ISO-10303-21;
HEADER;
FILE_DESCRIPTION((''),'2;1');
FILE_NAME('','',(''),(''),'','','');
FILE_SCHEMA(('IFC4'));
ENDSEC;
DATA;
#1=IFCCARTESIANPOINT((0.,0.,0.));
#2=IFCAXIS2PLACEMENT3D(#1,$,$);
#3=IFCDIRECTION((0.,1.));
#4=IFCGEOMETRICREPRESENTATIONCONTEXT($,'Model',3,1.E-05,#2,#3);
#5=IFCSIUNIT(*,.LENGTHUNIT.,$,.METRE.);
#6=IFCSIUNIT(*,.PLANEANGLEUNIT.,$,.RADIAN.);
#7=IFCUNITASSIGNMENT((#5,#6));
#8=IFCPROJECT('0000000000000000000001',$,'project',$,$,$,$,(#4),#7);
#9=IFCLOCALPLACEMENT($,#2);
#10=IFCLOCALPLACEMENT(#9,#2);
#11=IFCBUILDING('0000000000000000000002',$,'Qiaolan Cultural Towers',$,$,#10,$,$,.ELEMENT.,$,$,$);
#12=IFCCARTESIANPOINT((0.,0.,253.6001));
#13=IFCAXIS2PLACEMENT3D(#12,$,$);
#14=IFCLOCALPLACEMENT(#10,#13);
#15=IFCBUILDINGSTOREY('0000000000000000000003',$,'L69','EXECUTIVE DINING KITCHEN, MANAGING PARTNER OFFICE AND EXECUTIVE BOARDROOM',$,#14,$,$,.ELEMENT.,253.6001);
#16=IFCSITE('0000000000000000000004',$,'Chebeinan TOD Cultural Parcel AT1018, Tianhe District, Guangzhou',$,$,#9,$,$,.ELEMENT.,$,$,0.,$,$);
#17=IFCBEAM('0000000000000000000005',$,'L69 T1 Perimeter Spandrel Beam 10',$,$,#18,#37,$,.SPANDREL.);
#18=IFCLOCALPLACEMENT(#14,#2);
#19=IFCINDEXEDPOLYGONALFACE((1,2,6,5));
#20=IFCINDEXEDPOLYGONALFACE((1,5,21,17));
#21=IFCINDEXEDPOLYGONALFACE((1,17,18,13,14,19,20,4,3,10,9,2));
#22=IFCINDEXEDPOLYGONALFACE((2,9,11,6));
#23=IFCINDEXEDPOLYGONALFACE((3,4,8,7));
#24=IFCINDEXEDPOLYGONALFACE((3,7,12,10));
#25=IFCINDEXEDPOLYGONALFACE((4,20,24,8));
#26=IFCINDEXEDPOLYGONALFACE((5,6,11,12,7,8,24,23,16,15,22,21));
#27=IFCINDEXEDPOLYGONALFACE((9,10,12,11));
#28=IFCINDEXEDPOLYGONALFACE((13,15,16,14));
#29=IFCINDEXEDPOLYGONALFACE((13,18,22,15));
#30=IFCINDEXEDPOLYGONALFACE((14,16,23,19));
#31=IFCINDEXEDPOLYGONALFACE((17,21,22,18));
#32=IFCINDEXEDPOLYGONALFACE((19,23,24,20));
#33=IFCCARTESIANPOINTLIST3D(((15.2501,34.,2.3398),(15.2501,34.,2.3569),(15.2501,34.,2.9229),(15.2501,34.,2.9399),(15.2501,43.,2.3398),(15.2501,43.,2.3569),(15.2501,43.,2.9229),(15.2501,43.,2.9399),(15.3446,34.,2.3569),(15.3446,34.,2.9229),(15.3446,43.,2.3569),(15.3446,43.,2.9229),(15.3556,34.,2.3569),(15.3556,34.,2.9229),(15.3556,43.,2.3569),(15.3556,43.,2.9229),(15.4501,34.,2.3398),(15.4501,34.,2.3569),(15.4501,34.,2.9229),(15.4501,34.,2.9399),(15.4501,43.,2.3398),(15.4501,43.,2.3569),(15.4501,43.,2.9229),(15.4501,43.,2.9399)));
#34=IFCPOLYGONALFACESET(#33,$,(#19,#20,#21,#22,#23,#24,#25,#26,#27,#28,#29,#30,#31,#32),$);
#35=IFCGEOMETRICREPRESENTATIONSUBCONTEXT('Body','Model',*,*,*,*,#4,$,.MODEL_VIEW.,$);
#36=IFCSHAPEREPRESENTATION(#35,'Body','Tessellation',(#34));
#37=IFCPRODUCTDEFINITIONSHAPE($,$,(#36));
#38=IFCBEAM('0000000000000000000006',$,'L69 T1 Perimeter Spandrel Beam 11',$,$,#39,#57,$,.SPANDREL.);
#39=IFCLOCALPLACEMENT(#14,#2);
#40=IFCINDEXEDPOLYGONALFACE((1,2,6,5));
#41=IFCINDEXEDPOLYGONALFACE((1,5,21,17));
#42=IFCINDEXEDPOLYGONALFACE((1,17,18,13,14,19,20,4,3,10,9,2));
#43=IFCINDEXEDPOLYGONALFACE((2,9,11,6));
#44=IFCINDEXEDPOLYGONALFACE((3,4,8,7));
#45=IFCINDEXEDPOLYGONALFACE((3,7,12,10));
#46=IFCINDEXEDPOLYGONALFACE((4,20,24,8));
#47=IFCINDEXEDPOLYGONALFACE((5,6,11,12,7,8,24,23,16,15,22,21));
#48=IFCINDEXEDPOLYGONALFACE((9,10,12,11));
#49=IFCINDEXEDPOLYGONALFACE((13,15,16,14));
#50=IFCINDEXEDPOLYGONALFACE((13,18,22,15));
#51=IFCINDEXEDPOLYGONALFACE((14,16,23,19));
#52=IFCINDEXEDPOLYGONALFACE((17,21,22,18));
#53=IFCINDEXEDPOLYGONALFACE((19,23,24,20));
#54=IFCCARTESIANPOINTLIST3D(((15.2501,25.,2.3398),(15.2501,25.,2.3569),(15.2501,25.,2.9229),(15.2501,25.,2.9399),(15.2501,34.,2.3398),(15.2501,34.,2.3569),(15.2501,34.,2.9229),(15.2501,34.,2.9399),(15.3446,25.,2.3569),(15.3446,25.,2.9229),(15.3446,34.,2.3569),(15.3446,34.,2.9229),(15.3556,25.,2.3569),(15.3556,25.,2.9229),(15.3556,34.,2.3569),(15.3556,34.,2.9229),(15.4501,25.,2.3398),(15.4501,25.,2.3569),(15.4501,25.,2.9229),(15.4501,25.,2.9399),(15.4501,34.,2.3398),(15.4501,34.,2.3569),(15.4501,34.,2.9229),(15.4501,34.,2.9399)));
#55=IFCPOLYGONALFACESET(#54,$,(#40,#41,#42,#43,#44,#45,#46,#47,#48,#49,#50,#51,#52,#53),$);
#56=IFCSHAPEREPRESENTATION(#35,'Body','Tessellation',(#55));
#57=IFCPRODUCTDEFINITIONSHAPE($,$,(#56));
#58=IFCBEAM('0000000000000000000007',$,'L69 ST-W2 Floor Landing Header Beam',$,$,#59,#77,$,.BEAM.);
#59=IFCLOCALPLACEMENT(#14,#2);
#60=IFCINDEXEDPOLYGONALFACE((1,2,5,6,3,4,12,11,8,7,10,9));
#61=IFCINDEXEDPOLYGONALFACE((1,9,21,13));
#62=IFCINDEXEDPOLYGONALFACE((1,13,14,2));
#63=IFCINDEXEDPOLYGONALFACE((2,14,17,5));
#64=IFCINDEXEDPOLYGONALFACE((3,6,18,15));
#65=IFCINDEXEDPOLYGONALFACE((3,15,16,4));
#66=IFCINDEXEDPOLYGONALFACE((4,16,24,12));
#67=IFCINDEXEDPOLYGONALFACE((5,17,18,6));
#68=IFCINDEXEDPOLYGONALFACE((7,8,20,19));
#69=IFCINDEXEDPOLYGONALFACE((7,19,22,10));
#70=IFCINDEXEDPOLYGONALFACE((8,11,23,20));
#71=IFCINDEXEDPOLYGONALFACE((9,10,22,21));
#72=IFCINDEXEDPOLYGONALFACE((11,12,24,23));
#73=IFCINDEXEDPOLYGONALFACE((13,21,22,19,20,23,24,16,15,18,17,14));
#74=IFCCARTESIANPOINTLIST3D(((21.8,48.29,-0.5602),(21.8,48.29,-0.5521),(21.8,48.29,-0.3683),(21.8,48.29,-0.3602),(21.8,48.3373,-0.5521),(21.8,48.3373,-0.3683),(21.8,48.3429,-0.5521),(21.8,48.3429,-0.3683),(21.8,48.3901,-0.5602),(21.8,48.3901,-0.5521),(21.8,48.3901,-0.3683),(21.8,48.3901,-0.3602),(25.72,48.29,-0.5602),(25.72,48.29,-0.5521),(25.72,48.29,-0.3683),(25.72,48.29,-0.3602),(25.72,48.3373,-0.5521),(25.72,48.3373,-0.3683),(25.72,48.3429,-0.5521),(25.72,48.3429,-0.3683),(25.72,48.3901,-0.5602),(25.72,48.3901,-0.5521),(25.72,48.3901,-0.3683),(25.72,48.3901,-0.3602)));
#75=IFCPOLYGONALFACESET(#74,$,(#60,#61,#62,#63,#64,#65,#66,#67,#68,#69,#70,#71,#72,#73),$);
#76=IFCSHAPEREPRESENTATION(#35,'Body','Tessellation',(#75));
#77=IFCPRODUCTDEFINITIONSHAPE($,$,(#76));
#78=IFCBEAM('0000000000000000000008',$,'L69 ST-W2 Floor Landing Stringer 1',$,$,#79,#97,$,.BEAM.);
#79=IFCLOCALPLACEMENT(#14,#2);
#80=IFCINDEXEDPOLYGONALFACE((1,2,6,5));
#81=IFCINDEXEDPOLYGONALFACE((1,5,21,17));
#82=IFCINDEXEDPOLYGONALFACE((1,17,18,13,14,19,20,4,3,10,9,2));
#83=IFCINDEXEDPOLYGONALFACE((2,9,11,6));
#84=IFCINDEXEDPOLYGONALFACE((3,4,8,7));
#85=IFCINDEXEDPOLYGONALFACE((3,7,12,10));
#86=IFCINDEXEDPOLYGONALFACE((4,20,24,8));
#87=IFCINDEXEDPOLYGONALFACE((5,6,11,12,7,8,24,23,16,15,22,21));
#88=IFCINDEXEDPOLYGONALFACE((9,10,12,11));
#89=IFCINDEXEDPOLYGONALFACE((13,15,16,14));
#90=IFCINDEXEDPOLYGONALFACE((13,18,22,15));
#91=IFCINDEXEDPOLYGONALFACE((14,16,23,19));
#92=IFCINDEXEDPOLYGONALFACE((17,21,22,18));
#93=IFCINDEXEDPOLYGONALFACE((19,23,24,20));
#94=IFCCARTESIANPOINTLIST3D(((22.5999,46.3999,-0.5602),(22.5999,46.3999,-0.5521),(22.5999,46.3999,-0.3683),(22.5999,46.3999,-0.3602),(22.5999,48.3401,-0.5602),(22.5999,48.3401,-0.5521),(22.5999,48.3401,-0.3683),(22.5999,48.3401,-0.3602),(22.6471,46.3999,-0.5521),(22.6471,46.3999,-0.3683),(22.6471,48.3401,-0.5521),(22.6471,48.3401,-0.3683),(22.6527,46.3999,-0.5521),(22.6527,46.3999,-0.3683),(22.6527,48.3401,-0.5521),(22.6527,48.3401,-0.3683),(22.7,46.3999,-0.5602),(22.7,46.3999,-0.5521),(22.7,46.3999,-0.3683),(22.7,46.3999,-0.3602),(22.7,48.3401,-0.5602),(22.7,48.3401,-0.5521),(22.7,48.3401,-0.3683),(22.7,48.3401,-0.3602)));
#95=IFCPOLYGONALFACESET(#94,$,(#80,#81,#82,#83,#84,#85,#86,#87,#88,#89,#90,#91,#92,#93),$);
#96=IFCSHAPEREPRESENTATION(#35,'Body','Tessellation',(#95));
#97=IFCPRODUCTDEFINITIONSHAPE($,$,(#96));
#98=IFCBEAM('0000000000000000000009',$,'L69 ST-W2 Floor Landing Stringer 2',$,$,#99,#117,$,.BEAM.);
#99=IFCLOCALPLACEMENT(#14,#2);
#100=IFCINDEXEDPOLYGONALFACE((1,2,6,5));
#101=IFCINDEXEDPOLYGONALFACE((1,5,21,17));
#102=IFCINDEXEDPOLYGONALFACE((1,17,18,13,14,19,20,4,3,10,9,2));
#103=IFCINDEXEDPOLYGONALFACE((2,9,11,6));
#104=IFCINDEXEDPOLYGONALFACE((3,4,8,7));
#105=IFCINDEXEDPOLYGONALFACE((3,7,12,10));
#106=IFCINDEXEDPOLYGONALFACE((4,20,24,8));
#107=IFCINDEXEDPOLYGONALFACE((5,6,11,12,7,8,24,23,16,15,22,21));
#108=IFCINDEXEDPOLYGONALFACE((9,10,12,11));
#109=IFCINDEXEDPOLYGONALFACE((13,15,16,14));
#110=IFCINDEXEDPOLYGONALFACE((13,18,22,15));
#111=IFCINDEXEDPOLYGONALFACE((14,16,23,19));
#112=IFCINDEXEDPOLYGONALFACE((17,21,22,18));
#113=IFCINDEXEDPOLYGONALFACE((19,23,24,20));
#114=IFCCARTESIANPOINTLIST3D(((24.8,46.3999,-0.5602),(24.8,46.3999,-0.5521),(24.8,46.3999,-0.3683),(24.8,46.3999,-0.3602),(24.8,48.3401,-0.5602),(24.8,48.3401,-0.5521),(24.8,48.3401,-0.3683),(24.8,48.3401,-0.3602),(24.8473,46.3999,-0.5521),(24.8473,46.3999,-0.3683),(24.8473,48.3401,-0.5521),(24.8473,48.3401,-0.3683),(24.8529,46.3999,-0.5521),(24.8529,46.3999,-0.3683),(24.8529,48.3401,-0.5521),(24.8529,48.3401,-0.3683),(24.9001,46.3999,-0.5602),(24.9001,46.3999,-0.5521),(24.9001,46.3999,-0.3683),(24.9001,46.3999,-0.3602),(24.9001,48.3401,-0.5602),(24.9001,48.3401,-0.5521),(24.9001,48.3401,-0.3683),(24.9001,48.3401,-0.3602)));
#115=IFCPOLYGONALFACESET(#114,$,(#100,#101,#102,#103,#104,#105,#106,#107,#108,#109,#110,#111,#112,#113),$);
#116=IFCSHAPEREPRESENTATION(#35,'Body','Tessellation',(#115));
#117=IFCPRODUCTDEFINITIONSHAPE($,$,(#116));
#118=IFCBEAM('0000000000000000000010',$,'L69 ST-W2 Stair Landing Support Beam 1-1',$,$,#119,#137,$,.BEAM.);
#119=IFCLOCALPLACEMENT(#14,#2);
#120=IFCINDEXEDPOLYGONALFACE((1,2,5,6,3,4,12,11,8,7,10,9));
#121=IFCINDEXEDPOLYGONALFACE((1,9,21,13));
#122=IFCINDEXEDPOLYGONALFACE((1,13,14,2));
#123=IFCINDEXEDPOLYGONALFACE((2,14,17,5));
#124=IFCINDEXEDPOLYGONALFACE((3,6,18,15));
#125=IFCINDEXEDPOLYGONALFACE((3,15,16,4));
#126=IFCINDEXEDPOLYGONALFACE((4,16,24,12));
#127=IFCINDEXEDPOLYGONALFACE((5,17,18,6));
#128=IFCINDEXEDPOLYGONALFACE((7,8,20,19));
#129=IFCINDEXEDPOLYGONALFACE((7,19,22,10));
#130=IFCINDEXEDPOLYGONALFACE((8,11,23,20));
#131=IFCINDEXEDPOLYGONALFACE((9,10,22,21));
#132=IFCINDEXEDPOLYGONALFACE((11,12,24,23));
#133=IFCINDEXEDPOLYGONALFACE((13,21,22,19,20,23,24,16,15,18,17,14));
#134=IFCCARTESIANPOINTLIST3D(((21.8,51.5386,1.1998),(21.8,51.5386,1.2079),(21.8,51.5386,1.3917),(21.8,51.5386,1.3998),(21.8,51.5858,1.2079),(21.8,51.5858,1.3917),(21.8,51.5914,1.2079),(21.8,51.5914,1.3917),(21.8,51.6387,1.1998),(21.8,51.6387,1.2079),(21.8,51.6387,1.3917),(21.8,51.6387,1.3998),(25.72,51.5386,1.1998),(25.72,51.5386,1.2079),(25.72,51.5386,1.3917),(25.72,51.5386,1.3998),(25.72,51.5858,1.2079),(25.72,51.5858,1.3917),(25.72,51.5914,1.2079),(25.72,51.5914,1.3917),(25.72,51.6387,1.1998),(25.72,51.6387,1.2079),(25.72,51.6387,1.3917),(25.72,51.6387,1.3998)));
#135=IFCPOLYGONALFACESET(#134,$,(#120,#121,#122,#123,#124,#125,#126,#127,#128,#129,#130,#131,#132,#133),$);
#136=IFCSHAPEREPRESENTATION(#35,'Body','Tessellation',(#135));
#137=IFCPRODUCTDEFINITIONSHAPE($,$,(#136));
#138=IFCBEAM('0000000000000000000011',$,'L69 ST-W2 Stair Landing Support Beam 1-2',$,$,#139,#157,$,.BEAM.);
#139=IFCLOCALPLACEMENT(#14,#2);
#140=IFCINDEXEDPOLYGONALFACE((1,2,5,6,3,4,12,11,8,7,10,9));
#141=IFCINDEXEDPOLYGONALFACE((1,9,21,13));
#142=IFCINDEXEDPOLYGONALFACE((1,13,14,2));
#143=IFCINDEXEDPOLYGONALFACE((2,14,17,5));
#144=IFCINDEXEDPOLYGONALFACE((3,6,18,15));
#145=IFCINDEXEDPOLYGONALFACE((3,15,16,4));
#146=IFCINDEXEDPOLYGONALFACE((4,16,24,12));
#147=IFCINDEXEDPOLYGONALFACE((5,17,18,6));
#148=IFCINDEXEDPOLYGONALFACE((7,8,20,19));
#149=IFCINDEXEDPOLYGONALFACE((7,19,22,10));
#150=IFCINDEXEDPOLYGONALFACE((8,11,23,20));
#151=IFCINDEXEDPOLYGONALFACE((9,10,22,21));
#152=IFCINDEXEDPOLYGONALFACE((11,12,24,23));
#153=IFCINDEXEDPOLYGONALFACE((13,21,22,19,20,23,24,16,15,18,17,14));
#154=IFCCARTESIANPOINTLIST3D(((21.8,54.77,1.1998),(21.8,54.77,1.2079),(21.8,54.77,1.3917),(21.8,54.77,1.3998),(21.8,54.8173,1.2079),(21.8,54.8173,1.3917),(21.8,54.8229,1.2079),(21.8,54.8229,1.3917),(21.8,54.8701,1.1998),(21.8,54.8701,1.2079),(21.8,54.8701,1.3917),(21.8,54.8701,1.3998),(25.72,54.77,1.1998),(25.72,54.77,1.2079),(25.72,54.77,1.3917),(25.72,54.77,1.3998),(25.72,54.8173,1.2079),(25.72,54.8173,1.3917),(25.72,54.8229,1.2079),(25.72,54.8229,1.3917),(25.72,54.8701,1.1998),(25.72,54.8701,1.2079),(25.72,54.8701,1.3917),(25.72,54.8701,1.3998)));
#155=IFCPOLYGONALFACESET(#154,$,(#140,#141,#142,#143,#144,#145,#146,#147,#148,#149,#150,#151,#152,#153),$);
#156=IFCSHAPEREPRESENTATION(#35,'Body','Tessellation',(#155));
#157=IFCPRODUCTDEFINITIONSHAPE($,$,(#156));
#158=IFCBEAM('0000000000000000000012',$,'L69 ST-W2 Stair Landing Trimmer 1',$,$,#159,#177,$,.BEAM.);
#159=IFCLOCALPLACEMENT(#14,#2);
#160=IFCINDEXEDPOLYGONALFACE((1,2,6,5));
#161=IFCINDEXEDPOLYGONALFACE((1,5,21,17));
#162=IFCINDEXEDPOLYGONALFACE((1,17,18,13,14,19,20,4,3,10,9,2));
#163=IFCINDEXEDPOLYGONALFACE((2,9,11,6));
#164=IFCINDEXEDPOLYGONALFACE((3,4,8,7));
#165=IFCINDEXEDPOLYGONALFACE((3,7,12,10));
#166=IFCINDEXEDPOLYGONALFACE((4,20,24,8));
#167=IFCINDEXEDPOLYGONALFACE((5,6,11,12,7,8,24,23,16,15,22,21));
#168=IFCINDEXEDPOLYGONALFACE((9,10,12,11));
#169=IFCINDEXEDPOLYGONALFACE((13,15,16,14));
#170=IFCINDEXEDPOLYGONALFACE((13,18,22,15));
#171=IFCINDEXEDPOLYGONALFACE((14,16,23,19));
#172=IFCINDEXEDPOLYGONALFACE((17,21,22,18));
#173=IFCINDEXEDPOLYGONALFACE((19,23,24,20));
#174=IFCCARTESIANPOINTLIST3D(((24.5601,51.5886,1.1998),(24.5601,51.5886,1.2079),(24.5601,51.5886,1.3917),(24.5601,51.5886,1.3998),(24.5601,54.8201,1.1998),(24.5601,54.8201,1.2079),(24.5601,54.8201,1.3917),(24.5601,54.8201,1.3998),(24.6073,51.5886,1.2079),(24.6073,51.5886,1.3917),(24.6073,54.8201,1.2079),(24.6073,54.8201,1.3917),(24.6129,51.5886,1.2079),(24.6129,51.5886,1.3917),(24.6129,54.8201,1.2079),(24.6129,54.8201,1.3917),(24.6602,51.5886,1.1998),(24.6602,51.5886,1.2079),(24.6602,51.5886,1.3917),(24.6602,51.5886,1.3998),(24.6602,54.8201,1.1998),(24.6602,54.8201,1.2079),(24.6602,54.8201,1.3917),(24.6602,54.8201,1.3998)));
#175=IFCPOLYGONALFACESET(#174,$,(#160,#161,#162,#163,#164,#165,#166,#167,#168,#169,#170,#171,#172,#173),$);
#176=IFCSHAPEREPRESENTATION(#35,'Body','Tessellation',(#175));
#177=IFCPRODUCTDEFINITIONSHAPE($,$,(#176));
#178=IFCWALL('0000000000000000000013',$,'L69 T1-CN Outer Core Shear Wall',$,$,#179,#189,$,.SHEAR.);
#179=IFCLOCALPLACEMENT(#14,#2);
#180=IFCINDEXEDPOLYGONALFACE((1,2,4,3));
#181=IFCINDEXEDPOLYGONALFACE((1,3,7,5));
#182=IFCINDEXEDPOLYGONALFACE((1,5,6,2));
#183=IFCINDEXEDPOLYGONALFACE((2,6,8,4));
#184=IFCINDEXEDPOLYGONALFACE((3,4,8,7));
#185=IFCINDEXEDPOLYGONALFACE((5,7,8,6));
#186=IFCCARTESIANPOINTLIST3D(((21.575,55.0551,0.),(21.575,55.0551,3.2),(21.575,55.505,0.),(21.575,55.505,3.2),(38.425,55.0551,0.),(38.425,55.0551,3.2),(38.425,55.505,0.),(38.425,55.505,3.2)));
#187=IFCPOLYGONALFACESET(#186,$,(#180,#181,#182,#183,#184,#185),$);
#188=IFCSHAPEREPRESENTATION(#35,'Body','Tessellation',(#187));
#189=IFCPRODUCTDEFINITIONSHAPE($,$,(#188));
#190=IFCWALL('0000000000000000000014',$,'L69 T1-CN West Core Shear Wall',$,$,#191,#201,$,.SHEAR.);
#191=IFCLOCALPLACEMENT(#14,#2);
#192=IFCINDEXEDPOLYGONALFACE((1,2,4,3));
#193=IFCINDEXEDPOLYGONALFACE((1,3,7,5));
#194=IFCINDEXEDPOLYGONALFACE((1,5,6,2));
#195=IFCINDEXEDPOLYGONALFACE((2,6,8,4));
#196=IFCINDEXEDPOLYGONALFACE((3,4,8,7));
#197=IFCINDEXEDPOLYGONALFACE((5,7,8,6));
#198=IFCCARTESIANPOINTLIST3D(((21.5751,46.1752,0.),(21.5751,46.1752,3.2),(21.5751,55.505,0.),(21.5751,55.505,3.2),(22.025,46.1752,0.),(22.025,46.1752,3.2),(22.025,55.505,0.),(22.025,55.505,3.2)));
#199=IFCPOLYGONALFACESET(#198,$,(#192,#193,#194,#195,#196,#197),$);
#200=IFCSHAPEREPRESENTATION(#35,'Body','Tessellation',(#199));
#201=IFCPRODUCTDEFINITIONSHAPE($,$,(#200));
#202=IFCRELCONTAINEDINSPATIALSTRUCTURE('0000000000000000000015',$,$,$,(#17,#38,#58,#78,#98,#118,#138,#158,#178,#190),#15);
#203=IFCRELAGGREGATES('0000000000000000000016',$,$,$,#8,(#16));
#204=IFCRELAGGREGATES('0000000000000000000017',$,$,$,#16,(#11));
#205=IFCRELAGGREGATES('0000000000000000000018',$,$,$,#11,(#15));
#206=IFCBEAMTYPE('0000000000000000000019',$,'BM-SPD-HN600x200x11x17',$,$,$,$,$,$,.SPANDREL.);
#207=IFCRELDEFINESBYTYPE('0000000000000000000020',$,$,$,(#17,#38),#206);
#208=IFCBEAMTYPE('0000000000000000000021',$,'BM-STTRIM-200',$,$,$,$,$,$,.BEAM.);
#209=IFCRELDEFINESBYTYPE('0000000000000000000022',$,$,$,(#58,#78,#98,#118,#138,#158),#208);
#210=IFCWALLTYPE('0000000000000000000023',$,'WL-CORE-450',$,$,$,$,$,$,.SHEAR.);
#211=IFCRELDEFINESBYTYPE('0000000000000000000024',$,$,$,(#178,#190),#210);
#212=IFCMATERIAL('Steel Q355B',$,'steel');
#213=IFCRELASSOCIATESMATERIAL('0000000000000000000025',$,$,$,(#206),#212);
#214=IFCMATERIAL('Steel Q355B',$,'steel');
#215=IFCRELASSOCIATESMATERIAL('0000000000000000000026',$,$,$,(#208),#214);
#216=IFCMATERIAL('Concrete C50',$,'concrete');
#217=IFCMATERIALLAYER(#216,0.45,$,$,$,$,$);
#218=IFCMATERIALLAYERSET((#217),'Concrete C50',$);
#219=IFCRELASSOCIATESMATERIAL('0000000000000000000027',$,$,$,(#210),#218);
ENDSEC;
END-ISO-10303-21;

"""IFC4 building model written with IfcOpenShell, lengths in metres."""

from ifc_helpers import new_model, si_unit, direction, frame, frame_2d, origin, origin_2d, place, context, subcontext, project, spatial, rectangle, i_section, extrude, material, layer, layer_set, material_profile, profile_set, type_object, element, save


model = new_model("IFC4")

# Units and contexts
model_context = context("Model", 3, precision=1e-05, world=origin(), true_north=direction((0.0, 1.0)))
body_context = subcontext(model_context, "Body", "Model", "MODEL_VIEW")
ifc_project = project(units=[si_unit("LENGTHUNIT", "METRE"), si_unit("PLANEANGLEUNIT", "RADIAN")], contexts=[model_context])

# Site, building, storey
site_placement = place(None, origin())
site = spatial("IfcSite", under=ifc_project, at=site_placement, Name="Chebeinan TOD Cultural Parcel AT1018, Tianhe District, Guangzhou", CompositionType="ELEMENT", RefElevation=0.0)
building_placement = place(site_placement, origin())
building = spatial("IfcBuilding", under=site, at=building_placement, Name="Qiaolan Cultural Towers", CompositionType="ELEMENT")
storey_placement = place(building_placement, frame((0.0, 0.0, 253.6001)))
storey = spatial("IfcBuildingStorey", under=building, at=storey_placement, Name="L69", Description="EXECUTIVE DINING KITCHEN, MANAGING PARTNER OFFICE AND EXECUTIVE BOARDROOM", CompositionType="ELEMENT", Elevation=253.6001)

# Beams
ifc_material_1 = material(Name="Steel Q355B", Category="steel")
ifc_material_profile_1 = material_profile(ifc_material_1, i_section(OverallWidth=0.2, OverallDepth=0.6001, WebThickness=0.011, FlangeThickness=0.0171, at=origin_2d()), Name="HN600x200x11x17")
ifc_profile_set_1 = profile_set([ifc_material_profile_1], Name="Steel Q355B")
beam_type_1 = type_object("IfcBeamType", Name="BM-SPD-HN600x200x11x17", PredefinedType="SPANDREL", material=ifc_profile_set_1)
for number, where, z_axis, x_axis, name in (
    (1, (15.3501, 43.0, 2.6399), (0.0, -1.0, 0.0), (1.0, 0.0, 0.0), "L69 T1 Perimeter Spandrel Beam 10"),
    (2, (15.3501, 34.0, 2.6399), (0.0, -1.0, 0.0), (1.0, 0.0, 0.0), "L69 T1 Perimeter Spandrel Beam 11"),
):
    element("IfcBeam", number, at=place(storey_placement, frame(where, z_axis=z_axis, x_axis=x_axis)), inside=storey, type_object=beam_type_1, Name=name, PredefinedType="SPANDREL", context=body_context, shape_type="SweptSolid", body=[
        extrude(i_section(OverallWidth=0.2, OverallDepth=0.6001, WebThickness=0.011, FlangeThickness=0.0171, at=origin_2d()), origin(), (0.0, 0.0, 1.0), 9.0),
    ])
ifc_material_2 = material(Name="Steel Q355B", Category="steel")
ifc_material_profile_2 = material_profile(ifc_material_2, i_section(OverallWidth=0.1001, OverallDepth=0.2, WebThickness=0.0056, FlangeThickness=0.0081, at=origin_2d()), Name="HN200x100x5.5x8")
ifc_profile_set_2 = profile_set([ifc_material_profile_2], Name="Steel Q355B")
beam_type_2 = type_object("IfcBeamType", Name="BM-STTRIM-200", PredefinedType="BEAM", material=ifc_profile_set_2)
beam_1_placement = place(storey_placement, frame((21.8, 48.3401, -0.4602), z_axis=(1.0, 0.0, 0.0), x_axis=(0.0, 1.0, 0.0)))
element("IfcBeam", 3, at=beam_1_placement, inside=storey, type_object=beam_type_2, Name="L69 ST-W2 Floor Landing Header Beam", PredefinedType="BEAM", context=body_context, shape_type="SweptSolid", body=[
    extrude(i_section(OverallWidth=0.1001, OverallDepth=0.2, WebThickness=0.0056, FlangeThickness=0.0081, at=origin_2d()), origin(), (0.0, 0.0, 1.0), 3.9199),
])
for number, where, z_axis, x_axis, name in (
    (4, (22.6499, 46.3999, -0.4602), (0.0, 1.0, 0.0), (-1.0, 0.0, 0.0), "L69 ST-W2 Floor Landing Stringer 1"),
    (5, (24.8501, 46.3999, -0.4602), (0.0, 1.0, 0.0), (-1.0, 0.0, 0.0), "L69 ST-W2 Floor Landing Stringer 2"),
):
    element("IfcBeam", number, at=place(storey_placement, frame(where, z_axis=z_axis, x_axis=x_axis)), inside=storey, type_object=beam_type_2, Name=name, PredefinedType="BEAM", context=body_context, shape_type="SweptSolid", body=[
        extrude(i_section(OverallWidth=0.1001, OverallDepth=0.2, WebThickness=0.0056, FlangeThickness=0.0081, at=origin_2d()), origin(), (0.0, 0.0, 1.0), 1.9402),
    ])
for number, where, z_axis, x_axis, name in (
    (6, (21.8, 51.5886, 1.2998), (1.0, 0.0, 0.0), (0.0, 1.0, 0.0), "L69 ST-W2 Stair Landing Support Beam 1-1"),
    (7, (21.8, 54.8201, 1.2998), (1.0, 0.0, 0.0), (0.0, 1.0, 0.0), "L69 ST-W2 Stair Landing Support Beam 1-2"),
):
    element("IfcBeam", number, at=place(storey_placement, frame(where, z_axis=z_axis, x_axis=x_axis)), inside=storey, type_object=beam_type_2, Name=name, PredefinedType="BEAM", context=body_context, shape_type="SweptSolid", body=[
        extrude(i_section(OverallWidth=0.1001, OverallDepth=0.2, WebThickness=0.0056, FlangeThickness=0.0081, at=origin_2d()), origin(), (0.0, 0.0, 1.0), 3.9199),
    ])
beam_2_placement = place(storey_placement, frame((24.6101, 51.5886, 1.2998), z_axis=(0.0, 1.0, 0.0), x_axis=(-1.0, 0.0, 0.0)))
element("IfcBeam", 8, at=beam_2_placement, inside=storey, type_object=beam_type_2, Name="L69 ST-W2 Stair Landing Trimmer 1", PredefinedType="BEAM", context=body_context, shape_type="SweptSolid", body=[
    extrude(i_section(OverallWidth=0.1001, OverallDepth=0.2, WebThickness=0.0056, FlangeThickness=0.0081, at=origin_2d()), origin(), (0.0, 0.0, 1.0), 3.2314),
])

# Walls
ifc_material_3 = material(Name="Concrete C50", Category="concrete")
ifc_layer_1 = layer(ifc_material_3, 0.45)
ifc_layer_set_1 = layer_set([ifc_layer_1], Name="Concrete C50")
wall_type_1 = type_object("IfcWallType", Name="WL-CORE-450", PredefinedType="SHEAR", material=ifc_layer_set_1)
wall_1_placement = place(storey_placement, frame((21.575, 55.28, 0.0), z_axis=(0.0, 0.0, 1.0), x_axis=(1.0, 0.0, 0.0)))
element("IfcWall", 9, at=wall_1_placement, inside=storey, type_object=wall_type_1, Name="L69 T1-CN Outer Core Shear Wall", PredefinedType="SHEAR", context=body_context, shape_type="SweptSolid", body=[
    extrude(rectangle(XDim=16.8501, YDim=0.45, at=frame_2d((8.425, 0.0))), origin(), (0.0, 0.0, 1.0), 3.2),
])
wall_2_placement = place(storey_placement, frame((21.8, 46.175, 0.0), z_axis=(0.0, 0.0, 1.0), x_axis=(0.0, 1.0, 0.0)))
element("IfcWall", 10, at=wall_2_placement, inside=storey, type_object=wall_type_1, Name="L69 T1-CN West Core Shear Wall", PredefinedType="SHEAR", context=body_context, shape_type="SweptSolid", body=[
    extrude(rectangle(XDim=9.3298, YDim=0.45, at=frame_2d((4.665, 0.0))), origin(), (0.0, 0.0, 1.0), 3.2),
])

save(model, "model.ifc")
